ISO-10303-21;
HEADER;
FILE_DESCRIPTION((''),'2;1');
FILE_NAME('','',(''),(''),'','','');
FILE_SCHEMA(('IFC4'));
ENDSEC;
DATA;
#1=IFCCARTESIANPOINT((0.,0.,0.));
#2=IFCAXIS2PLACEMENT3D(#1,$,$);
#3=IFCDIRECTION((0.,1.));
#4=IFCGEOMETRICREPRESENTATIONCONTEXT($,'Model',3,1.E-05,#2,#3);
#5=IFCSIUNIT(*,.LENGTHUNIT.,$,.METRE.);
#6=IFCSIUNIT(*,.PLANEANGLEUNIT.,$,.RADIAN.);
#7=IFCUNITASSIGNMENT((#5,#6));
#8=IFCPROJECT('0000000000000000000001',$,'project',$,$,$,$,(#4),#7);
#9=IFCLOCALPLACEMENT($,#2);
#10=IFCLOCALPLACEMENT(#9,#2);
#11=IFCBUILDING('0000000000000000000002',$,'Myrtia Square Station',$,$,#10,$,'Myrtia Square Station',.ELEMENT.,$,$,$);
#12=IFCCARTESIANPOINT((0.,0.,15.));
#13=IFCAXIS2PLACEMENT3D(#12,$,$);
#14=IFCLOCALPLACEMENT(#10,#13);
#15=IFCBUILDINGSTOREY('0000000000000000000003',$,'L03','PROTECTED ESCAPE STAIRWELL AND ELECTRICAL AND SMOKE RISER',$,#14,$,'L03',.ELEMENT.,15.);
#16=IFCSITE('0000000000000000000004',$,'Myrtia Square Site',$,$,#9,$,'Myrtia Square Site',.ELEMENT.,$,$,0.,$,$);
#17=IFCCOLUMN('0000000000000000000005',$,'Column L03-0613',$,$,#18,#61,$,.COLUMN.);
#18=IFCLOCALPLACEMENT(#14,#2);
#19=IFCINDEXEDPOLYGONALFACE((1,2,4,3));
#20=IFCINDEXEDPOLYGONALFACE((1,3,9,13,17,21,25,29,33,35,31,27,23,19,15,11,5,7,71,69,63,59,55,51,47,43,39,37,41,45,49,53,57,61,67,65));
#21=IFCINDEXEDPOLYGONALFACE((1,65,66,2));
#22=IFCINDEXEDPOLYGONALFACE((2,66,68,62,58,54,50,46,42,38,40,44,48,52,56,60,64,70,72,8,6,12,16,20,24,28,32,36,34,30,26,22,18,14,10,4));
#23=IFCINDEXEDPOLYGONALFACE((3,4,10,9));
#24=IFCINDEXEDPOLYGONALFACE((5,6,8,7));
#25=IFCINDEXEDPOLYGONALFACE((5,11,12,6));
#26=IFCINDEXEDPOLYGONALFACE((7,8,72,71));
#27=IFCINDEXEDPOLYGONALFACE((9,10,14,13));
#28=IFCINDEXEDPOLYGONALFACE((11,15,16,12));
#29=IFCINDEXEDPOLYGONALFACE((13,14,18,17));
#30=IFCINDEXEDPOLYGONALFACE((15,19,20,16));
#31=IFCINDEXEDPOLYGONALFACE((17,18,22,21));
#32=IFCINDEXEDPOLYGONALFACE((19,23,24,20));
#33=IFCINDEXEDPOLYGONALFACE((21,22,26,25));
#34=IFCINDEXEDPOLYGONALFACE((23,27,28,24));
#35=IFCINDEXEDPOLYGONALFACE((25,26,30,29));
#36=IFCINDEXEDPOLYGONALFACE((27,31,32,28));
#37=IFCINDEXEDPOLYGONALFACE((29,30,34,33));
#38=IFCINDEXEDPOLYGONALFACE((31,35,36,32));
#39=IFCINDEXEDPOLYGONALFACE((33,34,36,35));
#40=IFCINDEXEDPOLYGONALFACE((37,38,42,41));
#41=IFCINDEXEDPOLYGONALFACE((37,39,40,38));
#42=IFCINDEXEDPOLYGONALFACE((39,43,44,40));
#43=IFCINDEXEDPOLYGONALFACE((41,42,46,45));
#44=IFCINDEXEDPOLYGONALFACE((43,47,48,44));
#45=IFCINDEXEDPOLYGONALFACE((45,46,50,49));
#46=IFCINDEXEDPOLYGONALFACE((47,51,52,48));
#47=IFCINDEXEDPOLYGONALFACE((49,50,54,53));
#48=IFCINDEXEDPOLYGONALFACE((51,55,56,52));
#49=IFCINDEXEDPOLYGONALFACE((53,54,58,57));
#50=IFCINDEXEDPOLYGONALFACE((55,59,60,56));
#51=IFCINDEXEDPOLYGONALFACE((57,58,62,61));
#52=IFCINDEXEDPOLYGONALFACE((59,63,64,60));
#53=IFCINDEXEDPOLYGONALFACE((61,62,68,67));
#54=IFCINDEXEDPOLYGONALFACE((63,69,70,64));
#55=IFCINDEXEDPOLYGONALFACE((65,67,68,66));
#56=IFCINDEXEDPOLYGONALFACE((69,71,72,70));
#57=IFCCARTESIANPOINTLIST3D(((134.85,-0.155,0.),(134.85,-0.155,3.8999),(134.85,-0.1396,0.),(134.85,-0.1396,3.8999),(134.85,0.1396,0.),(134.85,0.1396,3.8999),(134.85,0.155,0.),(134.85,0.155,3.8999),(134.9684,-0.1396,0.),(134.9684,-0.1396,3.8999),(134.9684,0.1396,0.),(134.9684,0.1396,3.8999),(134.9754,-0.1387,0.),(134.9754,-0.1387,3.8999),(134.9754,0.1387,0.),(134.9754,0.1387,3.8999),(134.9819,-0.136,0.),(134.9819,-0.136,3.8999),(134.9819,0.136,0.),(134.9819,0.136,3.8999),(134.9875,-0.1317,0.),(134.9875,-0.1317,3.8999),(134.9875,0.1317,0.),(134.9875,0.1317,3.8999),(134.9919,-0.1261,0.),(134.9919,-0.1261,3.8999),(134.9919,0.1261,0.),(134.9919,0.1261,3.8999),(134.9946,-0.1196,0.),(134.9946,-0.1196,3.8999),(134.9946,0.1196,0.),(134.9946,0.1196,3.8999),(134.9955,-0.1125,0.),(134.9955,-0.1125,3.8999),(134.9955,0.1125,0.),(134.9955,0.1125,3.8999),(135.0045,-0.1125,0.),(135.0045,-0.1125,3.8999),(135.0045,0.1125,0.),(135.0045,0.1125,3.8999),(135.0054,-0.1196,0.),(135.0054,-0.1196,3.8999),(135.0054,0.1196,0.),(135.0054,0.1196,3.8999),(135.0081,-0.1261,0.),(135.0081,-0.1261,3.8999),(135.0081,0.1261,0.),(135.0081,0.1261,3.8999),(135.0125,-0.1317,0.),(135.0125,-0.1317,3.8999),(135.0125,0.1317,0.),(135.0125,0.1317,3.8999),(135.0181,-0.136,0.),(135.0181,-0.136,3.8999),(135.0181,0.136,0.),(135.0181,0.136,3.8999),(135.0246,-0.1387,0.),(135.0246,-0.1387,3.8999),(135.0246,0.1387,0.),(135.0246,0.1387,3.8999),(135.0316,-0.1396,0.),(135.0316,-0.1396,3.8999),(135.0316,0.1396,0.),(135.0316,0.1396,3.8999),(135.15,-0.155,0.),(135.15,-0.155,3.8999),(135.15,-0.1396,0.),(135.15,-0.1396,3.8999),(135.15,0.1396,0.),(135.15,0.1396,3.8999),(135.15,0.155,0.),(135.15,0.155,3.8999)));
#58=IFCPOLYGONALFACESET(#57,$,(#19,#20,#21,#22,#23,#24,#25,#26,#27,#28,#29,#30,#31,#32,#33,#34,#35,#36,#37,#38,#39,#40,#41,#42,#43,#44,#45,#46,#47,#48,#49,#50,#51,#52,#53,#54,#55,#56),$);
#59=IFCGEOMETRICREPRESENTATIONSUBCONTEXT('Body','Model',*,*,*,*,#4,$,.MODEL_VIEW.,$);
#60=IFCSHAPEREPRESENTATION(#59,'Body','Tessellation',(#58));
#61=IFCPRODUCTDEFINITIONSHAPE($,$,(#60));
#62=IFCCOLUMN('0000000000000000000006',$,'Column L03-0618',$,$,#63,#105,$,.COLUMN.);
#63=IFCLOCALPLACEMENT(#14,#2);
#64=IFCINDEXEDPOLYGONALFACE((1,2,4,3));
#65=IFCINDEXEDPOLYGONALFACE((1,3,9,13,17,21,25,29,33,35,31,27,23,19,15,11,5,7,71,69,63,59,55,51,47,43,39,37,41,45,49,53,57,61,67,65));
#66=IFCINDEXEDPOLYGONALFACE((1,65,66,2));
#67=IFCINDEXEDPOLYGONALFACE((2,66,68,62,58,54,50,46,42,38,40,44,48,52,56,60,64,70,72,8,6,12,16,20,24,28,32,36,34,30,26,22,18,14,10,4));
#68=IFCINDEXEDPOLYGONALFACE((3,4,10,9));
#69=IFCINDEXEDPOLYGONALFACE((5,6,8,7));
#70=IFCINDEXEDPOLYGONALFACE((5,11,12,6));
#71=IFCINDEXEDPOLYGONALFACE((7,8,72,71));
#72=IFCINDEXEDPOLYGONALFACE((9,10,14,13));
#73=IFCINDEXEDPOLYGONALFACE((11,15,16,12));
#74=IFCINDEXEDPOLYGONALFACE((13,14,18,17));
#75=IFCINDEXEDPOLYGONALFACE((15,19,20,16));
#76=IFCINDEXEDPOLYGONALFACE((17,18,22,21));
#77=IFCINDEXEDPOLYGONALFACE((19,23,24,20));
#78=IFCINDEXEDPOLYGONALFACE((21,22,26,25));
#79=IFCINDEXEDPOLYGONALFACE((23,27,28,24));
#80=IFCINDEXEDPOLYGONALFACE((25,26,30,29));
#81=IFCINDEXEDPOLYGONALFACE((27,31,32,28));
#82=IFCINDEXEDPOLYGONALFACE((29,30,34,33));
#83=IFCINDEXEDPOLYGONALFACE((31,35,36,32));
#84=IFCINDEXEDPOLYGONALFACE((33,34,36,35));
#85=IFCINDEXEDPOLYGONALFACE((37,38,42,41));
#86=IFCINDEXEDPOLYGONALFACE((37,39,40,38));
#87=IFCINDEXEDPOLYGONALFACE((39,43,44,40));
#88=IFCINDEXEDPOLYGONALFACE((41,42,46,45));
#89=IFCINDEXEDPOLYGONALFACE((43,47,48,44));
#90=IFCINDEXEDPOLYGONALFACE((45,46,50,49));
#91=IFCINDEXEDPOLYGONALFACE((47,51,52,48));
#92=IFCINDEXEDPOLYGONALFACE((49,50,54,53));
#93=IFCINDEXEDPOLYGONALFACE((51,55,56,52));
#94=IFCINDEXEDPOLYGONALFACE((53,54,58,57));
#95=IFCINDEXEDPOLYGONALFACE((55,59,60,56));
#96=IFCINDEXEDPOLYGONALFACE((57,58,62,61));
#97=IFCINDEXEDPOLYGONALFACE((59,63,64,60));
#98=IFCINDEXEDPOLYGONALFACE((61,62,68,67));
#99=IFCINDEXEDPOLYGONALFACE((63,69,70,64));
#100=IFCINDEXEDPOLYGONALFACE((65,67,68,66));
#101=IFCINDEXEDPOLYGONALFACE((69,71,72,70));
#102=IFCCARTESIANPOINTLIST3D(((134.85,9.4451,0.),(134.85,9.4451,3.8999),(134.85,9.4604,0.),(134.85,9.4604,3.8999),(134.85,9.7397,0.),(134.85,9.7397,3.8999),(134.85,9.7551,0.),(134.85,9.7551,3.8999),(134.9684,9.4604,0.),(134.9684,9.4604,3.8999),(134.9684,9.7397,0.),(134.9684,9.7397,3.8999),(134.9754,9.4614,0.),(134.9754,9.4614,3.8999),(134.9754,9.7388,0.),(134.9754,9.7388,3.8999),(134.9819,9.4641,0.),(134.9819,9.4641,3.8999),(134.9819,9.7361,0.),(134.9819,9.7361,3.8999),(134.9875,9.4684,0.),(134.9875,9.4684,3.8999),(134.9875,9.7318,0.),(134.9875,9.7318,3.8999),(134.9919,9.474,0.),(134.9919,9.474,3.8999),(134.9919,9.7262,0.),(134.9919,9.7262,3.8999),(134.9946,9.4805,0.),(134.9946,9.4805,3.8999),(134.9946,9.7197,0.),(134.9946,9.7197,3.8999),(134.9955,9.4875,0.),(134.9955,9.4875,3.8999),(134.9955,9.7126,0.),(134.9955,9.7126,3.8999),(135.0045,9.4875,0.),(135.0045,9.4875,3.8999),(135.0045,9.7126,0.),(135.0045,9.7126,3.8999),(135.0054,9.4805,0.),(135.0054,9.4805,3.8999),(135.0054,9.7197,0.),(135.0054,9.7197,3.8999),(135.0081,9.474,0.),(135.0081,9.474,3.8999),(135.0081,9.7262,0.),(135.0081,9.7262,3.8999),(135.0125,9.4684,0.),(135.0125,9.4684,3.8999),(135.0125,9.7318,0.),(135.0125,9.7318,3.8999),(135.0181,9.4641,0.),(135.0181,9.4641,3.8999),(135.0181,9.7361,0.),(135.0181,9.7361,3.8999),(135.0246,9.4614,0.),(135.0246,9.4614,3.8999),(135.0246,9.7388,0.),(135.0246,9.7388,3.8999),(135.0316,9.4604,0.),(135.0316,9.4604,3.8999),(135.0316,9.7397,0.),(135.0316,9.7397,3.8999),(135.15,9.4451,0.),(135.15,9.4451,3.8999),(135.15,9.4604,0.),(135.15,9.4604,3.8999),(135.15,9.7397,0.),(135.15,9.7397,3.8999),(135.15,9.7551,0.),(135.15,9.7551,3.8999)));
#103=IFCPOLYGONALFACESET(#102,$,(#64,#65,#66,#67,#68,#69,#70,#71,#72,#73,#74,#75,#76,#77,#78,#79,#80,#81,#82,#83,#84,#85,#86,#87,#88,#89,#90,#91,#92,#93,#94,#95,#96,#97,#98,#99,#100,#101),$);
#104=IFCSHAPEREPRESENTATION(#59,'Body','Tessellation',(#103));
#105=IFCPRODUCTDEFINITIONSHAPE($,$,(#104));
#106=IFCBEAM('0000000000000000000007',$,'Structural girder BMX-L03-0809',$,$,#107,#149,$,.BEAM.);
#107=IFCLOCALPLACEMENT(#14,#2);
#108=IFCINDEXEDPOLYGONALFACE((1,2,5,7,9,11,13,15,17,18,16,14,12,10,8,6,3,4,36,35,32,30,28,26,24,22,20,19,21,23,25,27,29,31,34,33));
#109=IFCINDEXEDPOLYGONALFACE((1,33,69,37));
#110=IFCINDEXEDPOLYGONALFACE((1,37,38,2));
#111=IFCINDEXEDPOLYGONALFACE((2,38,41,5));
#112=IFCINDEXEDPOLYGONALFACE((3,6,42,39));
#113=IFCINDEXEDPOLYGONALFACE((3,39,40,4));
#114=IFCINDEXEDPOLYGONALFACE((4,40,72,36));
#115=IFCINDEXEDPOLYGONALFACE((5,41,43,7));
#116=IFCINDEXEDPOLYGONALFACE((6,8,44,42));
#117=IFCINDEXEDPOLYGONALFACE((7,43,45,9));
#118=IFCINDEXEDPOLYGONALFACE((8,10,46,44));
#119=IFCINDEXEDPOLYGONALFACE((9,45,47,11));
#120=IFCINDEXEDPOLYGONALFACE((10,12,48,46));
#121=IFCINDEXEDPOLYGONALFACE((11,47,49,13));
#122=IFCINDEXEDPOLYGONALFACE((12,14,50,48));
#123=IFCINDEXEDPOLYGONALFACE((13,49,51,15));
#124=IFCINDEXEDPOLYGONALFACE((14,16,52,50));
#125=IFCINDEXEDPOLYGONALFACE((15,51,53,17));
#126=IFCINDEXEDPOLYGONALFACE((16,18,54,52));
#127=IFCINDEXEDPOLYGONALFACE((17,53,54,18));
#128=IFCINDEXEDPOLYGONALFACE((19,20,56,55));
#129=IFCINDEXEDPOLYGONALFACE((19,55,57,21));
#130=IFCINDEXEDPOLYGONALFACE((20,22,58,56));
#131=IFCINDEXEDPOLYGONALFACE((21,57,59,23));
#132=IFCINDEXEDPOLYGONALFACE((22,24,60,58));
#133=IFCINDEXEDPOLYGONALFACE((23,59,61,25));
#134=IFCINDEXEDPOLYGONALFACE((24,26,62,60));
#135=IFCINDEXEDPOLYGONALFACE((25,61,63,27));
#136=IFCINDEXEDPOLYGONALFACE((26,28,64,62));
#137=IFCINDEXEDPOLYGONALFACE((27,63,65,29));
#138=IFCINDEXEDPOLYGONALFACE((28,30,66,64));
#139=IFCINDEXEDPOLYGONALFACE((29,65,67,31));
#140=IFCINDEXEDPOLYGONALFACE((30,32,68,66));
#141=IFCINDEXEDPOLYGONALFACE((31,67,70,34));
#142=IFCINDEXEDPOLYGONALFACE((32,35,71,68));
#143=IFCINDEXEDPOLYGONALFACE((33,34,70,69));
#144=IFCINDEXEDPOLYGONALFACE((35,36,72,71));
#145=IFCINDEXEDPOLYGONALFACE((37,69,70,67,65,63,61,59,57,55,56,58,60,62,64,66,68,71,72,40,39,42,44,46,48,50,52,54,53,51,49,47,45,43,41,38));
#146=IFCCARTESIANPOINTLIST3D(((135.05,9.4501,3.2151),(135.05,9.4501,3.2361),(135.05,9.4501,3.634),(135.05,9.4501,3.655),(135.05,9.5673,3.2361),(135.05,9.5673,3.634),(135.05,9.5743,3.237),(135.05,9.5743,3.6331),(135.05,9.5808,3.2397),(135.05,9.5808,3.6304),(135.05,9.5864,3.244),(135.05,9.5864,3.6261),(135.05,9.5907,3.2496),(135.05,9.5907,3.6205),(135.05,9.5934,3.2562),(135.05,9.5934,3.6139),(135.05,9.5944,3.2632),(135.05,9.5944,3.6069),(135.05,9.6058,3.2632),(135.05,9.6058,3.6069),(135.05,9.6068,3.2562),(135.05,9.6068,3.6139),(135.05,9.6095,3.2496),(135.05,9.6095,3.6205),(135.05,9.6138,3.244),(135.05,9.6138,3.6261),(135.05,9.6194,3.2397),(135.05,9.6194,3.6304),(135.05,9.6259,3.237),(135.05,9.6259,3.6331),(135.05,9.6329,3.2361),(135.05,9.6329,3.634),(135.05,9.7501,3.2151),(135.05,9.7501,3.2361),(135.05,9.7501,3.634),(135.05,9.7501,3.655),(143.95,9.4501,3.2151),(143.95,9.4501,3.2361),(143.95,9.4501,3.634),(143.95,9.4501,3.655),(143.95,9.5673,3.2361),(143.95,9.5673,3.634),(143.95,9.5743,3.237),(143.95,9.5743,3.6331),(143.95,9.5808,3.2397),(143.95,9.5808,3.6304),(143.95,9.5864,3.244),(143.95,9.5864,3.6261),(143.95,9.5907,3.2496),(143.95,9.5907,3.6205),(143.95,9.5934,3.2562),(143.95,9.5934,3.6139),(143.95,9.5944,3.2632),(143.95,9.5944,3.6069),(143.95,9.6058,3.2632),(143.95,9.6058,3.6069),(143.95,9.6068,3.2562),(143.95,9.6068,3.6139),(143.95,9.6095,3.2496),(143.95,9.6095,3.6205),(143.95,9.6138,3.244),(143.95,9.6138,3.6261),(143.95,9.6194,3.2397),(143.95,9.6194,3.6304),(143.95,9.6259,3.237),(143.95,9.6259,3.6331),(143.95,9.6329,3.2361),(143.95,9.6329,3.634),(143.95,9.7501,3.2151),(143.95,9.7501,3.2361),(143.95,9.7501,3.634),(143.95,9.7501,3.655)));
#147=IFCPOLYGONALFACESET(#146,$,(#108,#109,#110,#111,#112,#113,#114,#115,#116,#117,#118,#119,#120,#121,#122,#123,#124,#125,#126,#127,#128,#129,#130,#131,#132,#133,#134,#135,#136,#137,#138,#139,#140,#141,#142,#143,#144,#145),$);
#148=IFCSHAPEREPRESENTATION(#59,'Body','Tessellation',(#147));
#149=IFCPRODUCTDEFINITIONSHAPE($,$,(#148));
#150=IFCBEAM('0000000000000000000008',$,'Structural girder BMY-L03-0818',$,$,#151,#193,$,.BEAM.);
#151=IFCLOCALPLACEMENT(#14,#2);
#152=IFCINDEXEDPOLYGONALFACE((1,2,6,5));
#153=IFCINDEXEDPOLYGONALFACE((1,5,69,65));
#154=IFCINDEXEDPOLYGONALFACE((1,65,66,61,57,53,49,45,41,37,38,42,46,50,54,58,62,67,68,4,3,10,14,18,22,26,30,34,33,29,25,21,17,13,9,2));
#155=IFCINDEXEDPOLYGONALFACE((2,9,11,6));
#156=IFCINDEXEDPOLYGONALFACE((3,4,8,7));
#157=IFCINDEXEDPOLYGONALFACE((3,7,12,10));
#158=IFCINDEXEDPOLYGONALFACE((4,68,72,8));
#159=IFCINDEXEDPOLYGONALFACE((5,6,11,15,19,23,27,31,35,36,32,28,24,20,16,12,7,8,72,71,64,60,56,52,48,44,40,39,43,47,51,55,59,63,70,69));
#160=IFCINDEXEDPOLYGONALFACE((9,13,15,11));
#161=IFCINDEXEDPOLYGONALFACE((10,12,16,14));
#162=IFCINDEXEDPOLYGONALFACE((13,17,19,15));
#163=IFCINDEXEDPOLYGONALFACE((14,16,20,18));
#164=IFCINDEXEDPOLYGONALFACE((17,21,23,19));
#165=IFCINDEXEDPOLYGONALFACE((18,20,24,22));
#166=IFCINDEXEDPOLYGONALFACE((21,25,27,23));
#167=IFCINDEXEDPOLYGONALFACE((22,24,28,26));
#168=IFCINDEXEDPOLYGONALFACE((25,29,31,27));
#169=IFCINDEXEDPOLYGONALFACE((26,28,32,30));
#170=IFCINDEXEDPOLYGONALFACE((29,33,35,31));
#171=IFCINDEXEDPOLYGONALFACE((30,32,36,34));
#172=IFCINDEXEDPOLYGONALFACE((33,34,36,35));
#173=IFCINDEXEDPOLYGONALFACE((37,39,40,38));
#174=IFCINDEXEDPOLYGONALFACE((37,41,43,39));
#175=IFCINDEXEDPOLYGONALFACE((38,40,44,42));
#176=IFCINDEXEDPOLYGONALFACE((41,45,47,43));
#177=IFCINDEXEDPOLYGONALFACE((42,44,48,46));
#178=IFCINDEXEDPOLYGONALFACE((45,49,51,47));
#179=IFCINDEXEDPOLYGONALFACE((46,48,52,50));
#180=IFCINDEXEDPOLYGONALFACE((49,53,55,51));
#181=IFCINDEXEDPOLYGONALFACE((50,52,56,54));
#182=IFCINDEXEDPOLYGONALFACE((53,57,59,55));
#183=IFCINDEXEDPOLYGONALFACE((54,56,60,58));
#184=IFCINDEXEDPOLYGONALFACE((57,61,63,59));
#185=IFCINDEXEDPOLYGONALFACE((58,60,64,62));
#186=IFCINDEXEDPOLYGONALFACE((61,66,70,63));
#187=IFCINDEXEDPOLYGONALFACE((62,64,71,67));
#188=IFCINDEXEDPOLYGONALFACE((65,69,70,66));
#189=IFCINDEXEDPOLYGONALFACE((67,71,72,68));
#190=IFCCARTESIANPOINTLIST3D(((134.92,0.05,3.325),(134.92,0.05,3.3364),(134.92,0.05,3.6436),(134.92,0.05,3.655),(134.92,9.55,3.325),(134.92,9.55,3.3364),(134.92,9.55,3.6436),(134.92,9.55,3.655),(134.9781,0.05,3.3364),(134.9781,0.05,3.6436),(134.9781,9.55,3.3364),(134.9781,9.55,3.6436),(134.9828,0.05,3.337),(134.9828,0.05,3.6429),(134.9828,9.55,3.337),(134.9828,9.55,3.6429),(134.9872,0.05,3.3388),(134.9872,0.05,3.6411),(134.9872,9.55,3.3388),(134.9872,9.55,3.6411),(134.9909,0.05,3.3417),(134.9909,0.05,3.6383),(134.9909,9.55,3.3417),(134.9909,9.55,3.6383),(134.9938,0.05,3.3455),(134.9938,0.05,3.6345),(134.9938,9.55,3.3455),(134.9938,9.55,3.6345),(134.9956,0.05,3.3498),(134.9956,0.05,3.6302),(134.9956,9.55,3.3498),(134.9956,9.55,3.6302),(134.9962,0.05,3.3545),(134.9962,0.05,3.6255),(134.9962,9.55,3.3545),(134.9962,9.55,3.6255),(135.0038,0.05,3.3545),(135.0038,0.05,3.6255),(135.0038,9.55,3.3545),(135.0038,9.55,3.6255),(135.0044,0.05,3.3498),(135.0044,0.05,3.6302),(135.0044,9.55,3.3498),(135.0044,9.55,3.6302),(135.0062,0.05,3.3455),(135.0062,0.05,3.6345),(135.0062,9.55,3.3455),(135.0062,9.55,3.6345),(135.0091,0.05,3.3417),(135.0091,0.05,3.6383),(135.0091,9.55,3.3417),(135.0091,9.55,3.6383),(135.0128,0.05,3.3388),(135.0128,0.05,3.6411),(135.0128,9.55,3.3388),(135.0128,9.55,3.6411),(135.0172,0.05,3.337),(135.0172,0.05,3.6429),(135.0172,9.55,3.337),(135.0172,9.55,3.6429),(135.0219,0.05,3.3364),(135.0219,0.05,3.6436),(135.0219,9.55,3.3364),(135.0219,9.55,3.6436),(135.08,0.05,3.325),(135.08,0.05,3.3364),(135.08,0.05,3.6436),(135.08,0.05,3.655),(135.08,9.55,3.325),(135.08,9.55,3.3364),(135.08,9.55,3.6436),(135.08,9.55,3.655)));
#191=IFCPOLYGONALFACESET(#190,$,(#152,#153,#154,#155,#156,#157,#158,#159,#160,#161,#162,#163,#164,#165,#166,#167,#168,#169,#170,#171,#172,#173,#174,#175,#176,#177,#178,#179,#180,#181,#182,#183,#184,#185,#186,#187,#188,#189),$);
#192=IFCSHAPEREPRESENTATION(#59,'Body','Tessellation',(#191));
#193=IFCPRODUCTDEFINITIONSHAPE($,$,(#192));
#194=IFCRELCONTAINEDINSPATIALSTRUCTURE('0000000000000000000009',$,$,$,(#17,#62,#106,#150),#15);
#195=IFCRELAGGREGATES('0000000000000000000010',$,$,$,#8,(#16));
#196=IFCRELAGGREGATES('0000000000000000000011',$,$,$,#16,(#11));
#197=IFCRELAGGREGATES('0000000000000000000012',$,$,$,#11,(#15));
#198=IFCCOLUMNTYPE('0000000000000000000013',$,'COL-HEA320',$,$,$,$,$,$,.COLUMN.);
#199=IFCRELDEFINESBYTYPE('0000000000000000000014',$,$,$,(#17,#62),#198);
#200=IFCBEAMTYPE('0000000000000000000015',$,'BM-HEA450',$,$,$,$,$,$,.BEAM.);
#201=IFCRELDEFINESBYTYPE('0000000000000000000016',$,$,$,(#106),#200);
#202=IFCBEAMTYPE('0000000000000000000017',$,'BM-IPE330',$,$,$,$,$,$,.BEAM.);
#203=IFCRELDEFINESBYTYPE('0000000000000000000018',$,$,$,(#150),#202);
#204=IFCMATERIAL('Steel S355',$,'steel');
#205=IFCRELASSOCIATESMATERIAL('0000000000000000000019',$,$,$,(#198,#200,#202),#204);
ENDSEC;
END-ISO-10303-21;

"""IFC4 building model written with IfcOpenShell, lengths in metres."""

from ifc_helpers import new_model, si_unit, direction, frame, origin, origin_2d, place, context, subcontext, project, spatial, i_section, extrude, material, material_profile, profile_set, type_object, element, save


model = new_model("IFC4")

# Units and contexts
model_context = context("Model", 3, precision=1e-05, world=origin(), true_north=direction((0.0, 1.0)))
body_context = subcontext(model_context, "Body", "Model", "MODEL_VIEW")
ifc_project = project(units=[si_unit("LENGTHUNIT", "METRE"), si_unit("PLANEANGLEUNIT", "RADIAN")], contexts=[model_context])

# Site, building, storey
site_placement = place(None, origin())
site = spatial("IfcSite", under=ifc_project, at=site_placement, Name="Myrtia Square Site", LongName="Myrtia Square Site", CompositionType="ELEMENT", RefElevation=0.0)
building_placement = place(site_placement, origin())
building = spatial("IfcBuilding", under=site, at=building_placement, Name="Myrtia Square Station", LongName="Myrtia Square Station", CompositionType="ELEMENT")
storey_placement = place(building_placement, frame((0.0, 0.0, 15.0)))
storey = spatial("IfcBuildingStorey", under=building, at=storey_placement, Name="L03", Description="PROTECTED ESCAPE STAIRWELL AND ELECTRICAL AND SMOKE RISER", LongName="L03", CompositionType="ELEMENT", Elevation=15.0)

# Columns
ifc_material_1 = material(Name="Steel S355", Category="steel")
ifc_material_profile_1 = material_profile(ifc_material_1, i_section(OverallWidth=0.3, OverallDepth=0.3101, WebThickness=0.009, FlangeThickness=0.0154, FilletRadius=0.0271, at=origin_2d()), Name="HEA 320")
ifc_profile_set_1 = profile_set([ifc_material_profile_1], Name="Steel S355")
column_type = type_object("IfcColumnType", Name="COL-HEA320", PredefinedType="COLUMN", material=ifc_profile_set_1)
for number, where, z_axis, x_axis, name in (
    (1, (135.0, 0.0, 0.0), (0.0, 0.0, 1.0), (1.0, 0.0, 0.0), "Column L03-0613"),
    (2, (135.0, 9.6001, 0.0), (0.0, 0.0, 1.0), (1.0, 0.0, 0.0), "Column L03-0618"),
):
    element("IfcColumn", number, at=place(storey_placement, frame(where, z_axis=z_axis, x_axis=x_axis)), inside=storey, type_object=column_type, Name=name, PredefinedType="COLUMN", context=body_context, shape_type="SweptSolid", body=[
        extrude(i_section(OverallWidth=0.3, OverallDepth=0.3101, WebThickness=0.009, FlangeThickness=0.0154, FilletRadius=0.0271, at=origin_2d()), origin(), (0.0, 0.0, 1.0), 3.8999),
    ])

# Beams
ifc_material_profile_2 = material_profile(ifc_material_1, i_section(OverallWidth=0.3, OverallDepth=0.4399, WebThickness=0.0115, FlangeThickness=0.021, FilletRadius=0.0271, at=origin_2d()), Name="HEA 450")
ifc_profile_set_2 = profile_set([ifc_material_profile_2], Name="Steel S355")
beam_type_1 = type_object("IfcBeamType", Name="BM-HEA450", PredefinedType="BEAM", material=ifc_profile_set_2)
beam_1_placement = place(storey_placement, frame((135.05, 9.6001, 3.4351), z_axis=(1.0, 0.0, 0.0), x_axis=(0.0, 1.0, 0.0)))
element("IfcBeam", 3, at=beam_1_placement, inside=storey, type_object=beam_type_1, Name="Structural girder BMX-L03-0809", PredefinedType="BEAM", context=body_context, shape_type="SweptSolid", body=[
    extrude(i_section(OverallWidth=0.3, OverallDepth=0.4399, WebThickness=0.0115, FlangeThickness=0.021, FilletRadius=0.0271, at=origin_2d()), origin(), (0.0, 0.0, 1.0), 8.8999),
])
ifc_material_profile_3 = material_profile(ifc_material_1, i_section(OverallWidth=0.1599, OverallDepth=0.3301, WebThickness=0.0076, FlangeThickness=0.0115, FilletRadius=0.0181, at=origin_2d()), Name="IPE 330")
ifc_profile_set_3 = profile_set([ifc_material_profile_3], Name="Steel S355")
beam_type_2 = type_object("IfcBeamType", Name="BM-IPE330", PredefinedType="BEAM", material=ifc_profile_set_3)
for number, where, z_axis, x_axis, name in (
    (4, (135.0, 0.05, 3.49), (0.0, 1.0, 0.0), (-1.0, 0.0, 0.0), "Structural girder BMY-L03-0818"),
):
    element("IfcBeam", number, at=place(storey_placement, frame(where, z_axis=z_axis, x_axis=x_axis)), inside=storey, type_object=beam_type_2, Name=name, PredefinedType="BEAM", context=body_context, shape_type="SweptSolid", body=[
        extrude(i_section(OverallWidth=0.1599, OverallDepth=0.3301, WebThickness=0.0076, FlangeThickness=0.0115, FilletRadius=0.0181, at=origin_2d()), origin(), (0.0, 0.0, 1.0), 9.5),
    ])

save(model, "model.ifc")
